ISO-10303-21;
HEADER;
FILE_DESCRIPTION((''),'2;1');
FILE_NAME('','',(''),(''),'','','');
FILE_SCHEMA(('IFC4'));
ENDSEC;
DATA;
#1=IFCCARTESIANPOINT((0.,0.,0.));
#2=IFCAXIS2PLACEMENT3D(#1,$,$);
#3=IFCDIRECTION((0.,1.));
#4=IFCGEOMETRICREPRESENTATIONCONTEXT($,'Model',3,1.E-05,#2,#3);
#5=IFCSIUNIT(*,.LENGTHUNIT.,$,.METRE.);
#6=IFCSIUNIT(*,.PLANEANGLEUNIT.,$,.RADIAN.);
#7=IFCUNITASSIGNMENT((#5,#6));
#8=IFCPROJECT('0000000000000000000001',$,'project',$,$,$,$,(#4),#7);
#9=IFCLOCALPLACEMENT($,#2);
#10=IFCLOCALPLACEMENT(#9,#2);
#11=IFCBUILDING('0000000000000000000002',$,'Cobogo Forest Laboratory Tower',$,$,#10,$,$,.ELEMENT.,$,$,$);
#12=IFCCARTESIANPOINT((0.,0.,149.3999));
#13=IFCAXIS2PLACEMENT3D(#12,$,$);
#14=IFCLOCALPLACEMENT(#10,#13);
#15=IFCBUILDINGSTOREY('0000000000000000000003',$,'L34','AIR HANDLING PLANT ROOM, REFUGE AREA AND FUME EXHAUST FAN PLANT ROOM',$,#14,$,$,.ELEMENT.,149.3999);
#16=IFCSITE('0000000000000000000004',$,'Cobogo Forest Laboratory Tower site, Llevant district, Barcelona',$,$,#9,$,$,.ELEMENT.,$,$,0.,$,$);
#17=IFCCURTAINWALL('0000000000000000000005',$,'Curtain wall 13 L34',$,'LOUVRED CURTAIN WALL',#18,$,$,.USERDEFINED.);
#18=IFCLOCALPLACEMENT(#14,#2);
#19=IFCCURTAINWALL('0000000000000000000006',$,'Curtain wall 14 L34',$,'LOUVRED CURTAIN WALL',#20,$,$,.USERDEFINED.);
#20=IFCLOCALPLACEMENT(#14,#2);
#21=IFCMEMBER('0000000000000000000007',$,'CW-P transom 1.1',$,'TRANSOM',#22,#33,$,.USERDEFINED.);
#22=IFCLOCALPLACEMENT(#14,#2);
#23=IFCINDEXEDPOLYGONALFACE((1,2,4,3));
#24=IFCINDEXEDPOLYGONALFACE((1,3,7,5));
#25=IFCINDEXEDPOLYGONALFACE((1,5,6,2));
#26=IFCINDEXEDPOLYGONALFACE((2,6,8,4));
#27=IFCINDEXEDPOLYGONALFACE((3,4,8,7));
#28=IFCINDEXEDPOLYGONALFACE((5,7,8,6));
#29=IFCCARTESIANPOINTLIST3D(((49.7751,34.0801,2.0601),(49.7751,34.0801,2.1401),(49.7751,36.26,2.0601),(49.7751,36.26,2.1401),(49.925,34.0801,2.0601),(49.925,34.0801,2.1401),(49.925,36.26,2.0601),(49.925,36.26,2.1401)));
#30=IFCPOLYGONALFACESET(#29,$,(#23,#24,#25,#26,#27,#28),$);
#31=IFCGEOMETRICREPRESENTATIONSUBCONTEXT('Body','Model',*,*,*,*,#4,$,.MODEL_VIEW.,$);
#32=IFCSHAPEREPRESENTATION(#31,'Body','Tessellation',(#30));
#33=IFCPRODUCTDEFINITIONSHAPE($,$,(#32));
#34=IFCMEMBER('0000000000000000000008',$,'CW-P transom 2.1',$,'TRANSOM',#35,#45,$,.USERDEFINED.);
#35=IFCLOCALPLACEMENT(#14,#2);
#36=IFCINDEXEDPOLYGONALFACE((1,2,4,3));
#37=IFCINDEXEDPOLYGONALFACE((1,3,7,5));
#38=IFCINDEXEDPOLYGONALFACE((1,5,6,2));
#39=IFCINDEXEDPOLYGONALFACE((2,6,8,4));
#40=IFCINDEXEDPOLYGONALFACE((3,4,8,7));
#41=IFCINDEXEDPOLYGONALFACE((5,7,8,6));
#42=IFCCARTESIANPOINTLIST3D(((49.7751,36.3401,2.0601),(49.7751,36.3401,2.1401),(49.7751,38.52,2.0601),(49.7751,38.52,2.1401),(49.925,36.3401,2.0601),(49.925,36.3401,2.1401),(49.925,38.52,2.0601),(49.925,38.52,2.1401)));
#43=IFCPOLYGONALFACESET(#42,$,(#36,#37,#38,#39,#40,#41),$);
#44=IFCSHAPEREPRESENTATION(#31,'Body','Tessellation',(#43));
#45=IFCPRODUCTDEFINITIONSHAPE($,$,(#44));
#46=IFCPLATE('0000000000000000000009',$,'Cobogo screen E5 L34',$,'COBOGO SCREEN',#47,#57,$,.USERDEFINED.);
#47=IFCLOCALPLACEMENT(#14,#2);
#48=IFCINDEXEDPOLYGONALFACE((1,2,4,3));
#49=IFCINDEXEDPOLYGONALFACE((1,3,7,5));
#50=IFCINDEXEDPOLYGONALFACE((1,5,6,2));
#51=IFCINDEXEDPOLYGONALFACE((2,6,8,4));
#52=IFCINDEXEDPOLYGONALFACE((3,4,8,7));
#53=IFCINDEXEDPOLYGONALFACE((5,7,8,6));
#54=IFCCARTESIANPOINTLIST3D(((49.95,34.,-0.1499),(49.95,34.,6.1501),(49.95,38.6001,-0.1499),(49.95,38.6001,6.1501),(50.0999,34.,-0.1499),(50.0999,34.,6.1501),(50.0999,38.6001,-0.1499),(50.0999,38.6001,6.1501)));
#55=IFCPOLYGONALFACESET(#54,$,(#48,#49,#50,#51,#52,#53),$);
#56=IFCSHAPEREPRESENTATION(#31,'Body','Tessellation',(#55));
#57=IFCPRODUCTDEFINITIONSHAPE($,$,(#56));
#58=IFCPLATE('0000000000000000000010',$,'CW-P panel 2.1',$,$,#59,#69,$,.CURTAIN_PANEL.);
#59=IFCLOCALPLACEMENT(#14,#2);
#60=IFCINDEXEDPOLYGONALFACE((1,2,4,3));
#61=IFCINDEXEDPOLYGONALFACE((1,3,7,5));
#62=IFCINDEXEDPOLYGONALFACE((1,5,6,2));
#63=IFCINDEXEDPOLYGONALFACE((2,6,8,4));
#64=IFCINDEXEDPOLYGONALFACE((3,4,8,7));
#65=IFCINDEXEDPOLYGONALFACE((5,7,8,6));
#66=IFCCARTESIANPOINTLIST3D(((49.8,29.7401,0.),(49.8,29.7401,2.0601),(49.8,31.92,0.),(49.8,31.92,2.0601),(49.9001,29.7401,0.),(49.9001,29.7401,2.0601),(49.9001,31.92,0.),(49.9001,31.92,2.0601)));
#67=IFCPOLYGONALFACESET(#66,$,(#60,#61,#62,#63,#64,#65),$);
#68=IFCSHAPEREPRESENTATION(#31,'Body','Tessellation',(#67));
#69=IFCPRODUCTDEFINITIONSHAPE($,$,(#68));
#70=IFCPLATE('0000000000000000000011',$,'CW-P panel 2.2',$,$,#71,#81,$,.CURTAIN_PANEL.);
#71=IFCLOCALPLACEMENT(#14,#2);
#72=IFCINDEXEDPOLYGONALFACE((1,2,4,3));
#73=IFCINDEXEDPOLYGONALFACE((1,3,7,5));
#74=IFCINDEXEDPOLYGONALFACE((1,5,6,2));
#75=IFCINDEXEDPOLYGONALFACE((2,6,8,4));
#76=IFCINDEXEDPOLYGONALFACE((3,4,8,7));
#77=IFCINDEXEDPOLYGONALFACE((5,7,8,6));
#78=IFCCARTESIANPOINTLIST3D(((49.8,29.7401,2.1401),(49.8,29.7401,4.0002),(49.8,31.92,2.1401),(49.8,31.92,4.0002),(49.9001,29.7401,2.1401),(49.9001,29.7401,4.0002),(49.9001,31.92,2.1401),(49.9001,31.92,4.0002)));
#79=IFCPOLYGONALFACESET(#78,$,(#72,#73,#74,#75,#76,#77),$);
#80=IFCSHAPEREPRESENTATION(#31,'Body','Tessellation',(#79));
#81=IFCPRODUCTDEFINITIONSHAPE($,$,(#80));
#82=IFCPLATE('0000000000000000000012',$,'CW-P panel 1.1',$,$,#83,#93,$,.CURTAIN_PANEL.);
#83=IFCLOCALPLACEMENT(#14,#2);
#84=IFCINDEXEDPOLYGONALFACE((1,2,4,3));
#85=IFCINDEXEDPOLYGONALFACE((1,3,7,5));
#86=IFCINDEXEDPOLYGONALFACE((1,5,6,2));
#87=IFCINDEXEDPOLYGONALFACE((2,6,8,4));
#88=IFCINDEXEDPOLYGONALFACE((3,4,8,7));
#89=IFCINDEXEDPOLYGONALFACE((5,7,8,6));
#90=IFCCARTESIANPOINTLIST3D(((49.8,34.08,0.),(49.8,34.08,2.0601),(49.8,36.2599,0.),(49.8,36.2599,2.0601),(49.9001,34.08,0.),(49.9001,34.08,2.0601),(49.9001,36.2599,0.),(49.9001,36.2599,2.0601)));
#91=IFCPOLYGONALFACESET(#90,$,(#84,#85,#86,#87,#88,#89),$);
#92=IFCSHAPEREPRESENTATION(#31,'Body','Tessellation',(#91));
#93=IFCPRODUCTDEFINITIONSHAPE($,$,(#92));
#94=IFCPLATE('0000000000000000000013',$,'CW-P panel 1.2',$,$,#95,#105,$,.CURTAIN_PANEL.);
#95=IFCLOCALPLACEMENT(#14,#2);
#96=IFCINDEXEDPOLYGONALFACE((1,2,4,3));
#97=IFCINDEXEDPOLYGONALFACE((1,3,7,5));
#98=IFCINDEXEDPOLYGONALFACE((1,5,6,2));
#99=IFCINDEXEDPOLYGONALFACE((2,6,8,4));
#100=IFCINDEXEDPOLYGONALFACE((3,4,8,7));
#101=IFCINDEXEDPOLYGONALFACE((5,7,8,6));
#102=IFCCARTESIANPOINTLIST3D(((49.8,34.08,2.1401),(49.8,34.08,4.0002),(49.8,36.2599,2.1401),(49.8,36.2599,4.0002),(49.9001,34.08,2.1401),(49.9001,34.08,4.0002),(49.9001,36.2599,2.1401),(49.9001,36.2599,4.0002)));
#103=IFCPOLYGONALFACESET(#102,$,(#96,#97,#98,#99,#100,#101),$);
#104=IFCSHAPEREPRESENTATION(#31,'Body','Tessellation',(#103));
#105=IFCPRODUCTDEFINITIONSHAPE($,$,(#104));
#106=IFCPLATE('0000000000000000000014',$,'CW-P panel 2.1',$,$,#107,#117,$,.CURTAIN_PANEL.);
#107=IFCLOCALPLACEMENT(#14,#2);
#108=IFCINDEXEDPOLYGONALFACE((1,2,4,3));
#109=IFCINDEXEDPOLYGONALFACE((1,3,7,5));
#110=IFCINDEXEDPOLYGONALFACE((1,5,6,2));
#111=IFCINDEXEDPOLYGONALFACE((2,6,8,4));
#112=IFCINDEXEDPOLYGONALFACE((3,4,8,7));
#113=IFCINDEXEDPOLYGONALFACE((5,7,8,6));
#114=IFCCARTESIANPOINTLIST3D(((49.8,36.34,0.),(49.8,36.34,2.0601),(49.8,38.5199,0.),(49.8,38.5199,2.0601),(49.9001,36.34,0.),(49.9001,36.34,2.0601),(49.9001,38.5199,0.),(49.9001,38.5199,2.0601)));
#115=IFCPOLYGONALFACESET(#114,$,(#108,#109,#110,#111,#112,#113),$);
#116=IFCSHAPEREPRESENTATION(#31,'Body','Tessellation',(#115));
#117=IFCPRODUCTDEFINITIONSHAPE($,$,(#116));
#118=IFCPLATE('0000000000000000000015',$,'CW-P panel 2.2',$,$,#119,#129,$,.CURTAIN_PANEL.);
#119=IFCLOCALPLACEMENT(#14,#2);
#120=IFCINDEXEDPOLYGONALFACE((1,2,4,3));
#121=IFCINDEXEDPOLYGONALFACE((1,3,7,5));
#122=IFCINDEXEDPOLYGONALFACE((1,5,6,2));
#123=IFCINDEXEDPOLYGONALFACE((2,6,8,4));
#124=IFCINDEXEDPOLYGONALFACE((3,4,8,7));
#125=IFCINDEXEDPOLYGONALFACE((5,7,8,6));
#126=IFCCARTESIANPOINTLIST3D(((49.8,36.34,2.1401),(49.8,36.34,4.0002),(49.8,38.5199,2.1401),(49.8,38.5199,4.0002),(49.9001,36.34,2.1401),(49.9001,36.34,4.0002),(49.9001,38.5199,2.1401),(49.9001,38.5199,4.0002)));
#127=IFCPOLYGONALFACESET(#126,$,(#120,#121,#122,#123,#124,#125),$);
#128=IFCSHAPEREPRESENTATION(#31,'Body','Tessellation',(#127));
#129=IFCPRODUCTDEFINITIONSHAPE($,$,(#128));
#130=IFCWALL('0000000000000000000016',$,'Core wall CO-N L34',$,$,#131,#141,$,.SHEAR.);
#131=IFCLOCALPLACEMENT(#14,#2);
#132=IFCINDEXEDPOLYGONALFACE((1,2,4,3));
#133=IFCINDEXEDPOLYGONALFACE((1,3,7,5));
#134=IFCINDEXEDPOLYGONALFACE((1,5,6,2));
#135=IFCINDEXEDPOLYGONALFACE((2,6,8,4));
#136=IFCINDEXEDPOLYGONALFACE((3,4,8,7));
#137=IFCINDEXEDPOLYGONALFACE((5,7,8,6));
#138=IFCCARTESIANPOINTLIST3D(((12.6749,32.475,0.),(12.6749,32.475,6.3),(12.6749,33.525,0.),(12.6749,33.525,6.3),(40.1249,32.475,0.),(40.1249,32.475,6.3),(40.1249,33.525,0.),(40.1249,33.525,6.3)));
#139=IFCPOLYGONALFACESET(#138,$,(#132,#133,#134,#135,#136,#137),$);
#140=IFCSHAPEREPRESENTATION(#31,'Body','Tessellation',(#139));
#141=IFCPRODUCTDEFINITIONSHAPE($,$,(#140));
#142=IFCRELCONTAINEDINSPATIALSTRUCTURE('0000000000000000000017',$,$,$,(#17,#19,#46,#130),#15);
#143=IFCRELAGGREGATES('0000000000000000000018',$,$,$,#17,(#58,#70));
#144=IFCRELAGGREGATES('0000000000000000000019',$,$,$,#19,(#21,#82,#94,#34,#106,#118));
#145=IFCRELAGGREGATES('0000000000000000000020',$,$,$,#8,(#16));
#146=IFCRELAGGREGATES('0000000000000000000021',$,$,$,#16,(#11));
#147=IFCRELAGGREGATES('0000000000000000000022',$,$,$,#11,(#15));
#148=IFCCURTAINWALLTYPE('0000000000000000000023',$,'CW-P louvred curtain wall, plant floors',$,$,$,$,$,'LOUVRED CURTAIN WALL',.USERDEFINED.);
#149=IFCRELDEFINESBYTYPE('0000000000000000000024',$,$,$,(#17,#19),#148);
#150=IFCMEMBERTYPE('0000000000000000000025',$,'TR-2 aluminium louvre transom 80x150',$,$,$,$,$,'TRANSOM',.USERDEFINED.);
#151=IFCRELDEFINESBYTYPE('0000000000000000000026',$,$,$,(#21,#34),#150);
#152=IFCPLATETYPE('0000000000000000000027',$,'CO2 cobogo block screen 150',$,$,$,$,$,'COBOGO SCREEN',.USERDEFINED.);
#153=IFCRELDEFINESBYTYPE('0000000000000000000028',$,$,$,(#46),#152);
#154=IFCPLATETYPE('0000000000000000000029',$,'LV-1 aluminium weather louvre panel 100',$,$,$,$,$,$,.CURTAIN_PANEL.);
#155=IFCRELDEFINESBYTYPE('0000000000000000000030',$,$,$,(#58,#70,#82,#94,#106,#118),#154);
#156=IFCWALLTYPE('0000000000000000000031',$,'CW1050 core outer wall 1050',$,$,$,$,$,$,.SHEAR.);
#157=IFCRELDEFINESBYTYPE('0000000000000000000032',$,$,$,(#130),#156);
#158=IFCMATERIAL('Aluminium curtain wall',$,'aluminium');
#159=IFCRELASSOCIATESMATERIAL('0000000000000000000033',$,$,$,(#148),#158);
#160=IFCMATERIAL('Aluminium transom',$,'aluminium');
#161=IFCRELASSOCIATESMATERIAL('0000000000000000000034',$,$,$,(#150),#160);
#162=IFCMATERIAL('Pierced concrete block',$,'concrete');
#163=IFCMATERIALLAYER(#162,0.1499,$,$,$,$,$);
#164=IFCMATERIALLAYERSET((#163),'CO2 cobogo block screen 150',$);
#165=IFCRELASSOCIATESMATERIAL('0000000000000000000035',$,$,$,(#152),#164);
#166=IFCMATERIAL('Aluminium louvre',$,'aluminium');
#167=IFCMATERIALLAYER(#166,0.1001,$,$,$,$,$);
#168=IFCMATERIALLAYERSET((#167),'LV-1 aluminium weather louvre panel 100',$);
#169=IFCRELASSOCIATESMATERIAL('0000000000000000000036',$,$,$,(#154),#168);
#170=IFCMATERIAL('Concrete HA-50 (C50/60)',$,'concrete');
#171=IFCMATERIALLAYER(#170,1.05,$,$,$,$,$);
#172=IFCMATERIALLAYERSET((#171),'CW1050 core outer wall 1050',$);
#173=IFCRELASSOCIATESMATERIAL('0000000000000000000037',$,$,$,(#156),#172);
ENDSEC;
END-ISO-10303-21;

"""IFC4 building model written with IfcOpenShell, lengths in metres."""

from ifc_helpers import new_model, si_unit, direction, frame, frame_2d, origin, origin_2d, place, context, subcontext, project, spatial, rectangle, extrude, material, layer, layer_set, material_profile, profile_set, type_object, element, aggregate, save


model = new_model("IFC4")

# Units and contexts
model_context = context("Model", 3, precision=1e-05, world=origin(), true_north=direction((0.0, 1.0)))
body_context = subcontext(model_context, "Body", "Model", "MODEL_VIEW")
ifc_project = project(units=[si_unit("LENGTHUNIT", "METRE"), si_unit("PLANEANGLEUNIT", "RADIAN")], contexts=[model_context])

# Site, building, storey
site_placement = place(None, origin())
site = spatial("IfcSite", under=ifc_project, at=site_placement, Name="Cobogo Forest Laboratory Tower site, Llevant district, Barcelona", CompositionType="ELEMENT", RefElevation=0.0)
building_placement = place(site_placement, origin())
building = spatial("IfcBuilding", under=site, at=building_placement, Name="Cobogo Forest Laboratory Tower", CompositionType="ELEMENT")
storey_placement = place(building_placement, frame((0.0, 0.0, 149.3999)))
storey = spatial("IfcBuildingStorey", under=building, at=storey_placement, Name="L34", Description="AIR HANDLING PLANT ROOM, REFUGE AREA AND FUME EXHAUST FAN PLANT ROOM", CompositionType="ELEMENT", Elevation=149.3999)

# Shared definitions
ifc_material_1 = material(Name="Concrete HA-50 (C50/60)", Category="concrete")

# Curtain wall
ifc_material_2 = material(Name="Aluminium curtain wall", Category="aluminium")
curtain_wall_type = type_object("IfcCurtainWallType", Name="CW-P louvred curtain wall, plant floors", ElementType="LOUVRED CURTAIN WALL", PredefinedType="USERDEFINED", material=ifc_material_2)
curtain_wall_1_placement = place(storey_placement, origin())
curtain_wall_1 = element("IfcCurtainWall", 1, at=curtain_wall_1_placement, inside=storey, type_object=curtain_wall_type, Name="Curtain wall 13 L34", ObjectType="LOUVRED CURTAIN WALL", PredefinedType="USERDEFINED")

# Curtain wall
curtain_wall_2_placement = place(storey_placement, origin())
curtain_wall_2 = element("IfcCurtainWall", 2, at=curtain_wall_2_placement, inside=storey, type_object=curtain_wall_type, Name="Curtain wall 14 L34", ObjectType="LOUVRED CURTAIN WALL", PredefinedType="USERDEFINED")

# Members
ifc_material_3 = material(Name="Aluminium transom", Category="aluminium")
ifc_material_profile_1 = material_profile(ifc_material_3, rectangle(XDim=0.1499, YDim=0.0801, at=origin_2d()), Name="AL 80x150")
ifc_profile_set_1 = profile_set([ifc_material_profile_1], Name="Aluminium transom")
member_type_1 = type_object("IfcMemberType", Name="TR-2 aluminium louvre transom 80x150", ElementType="TRANSOM", PredefinedType="USERDEFINED", material=ifc_profile_set_1)
member_1_placement = place(storey_placement, frame((49.8501, 34.0801, 2.1001), z_axis=(0.0, 1.0, 0.0), x_axis=(-1.0, 0.0, 0.0)))
member_1 = element("IfcMember", 3, at=member_1_placement, type_object=member_type_1, Name="CW-P transom 1.1", ObjectType="TRANSOM", PredefinedType="USERDEFINED", context=body_context, shape_type="SweptSolid", body=[
    extrude(rectangle(XDim=0.1499, YDim=0.0801, at=origin_2d()), origin(), (0.0, 0.0, 1.0), 2.1799),
])
member_2_placement = place(storey_placement, frame((49.8501, 36.3401, 2.1001), z_axis=(0.0, 1.0, 0.0), x_axis=(-1.0, 0.0, 0.0)))
member_2 = element("IfcMember", 4, at=member_2_placement, type_object=member_type_1, Name="CW-P transom 2.1", ObjectType="TRANSOM", PredefinedType="USERDEFINED", context=body_context, shape_type="SweptSolid", body=[
    extrude(rectangle(XDim=0.1499, YDim=0.0801, at=origin_2d()), origin(), (0.0, 0.0, 1.0), 2.1799),
])

# Plates
ifc_material_4 = material(Name="Pierced concrete block", Category="concrete")
ifc_layer_1 = layer(ifc_material_4, 0.1499)
ifc_layer_set_1 = layer_set([ifc_layer_1], Name="CO2 cobogo block screen 150")
plate_type_1 = type_object("IfcPlateType", Name="CO2 cobogo block screen 150", ElementType="COBOGO SCREEN", PredefinedType="USERDEFINED", material=ifc_layer_set_1)
plate_1_placement = place(storey_placement, frame((50.0249, 36.3, -0.1499), z_axis=(0.0, 0.0, 1.0), x_axis=(0.0, 1.0, 0.0)))
element("IfcPlate", 5, at=plate_1_placement, inside=storey, type_object=plate_type_1, Name="Cobogo screen E5 L34", ObjectType="COBOGO SCREEN", PredefinedType="USERDEFINED", context=body_context, shape_type="SweptSolid", body=[
    extrude(rectangle(XDim=4.6001, YDim=0.1499, at=origin_2d()), origin(), (0.0, 0.0, 1.0), 6.3),
])
ifc_material_5 = material(Name="Aluminium louvre", Category="aluminium")
ifc_layer_2 = layer(ifc_material_5, 0.1001)
ifc_layer_set_2 = layer_set([ifc_layer_2], Name="LV-1 aluminium weather louvre panel 100")
plate_type_2 = type_object("IfcPlateType", Name="LV-1 aluminium weather louvre panel 100", PredefinedType="CURTAIN_PANEL", material=ifc_layer_set_2)
plate_2_placement = place(storey_placement, frame((49.8501, 30.8301, 0.0), z_axis=(0.0, 0.0, 1.0), x_axis=(0.0, 1.0, 0.0)))
plate_2 = element("IfcPlate", 6, at=plate_2_placement, type_object=plate_type_2, Name="CW-P panel 2.1", PredefinedType="CURTAIN_PANEL", context=body_context, shape_type="SweptSolid", body=[
    extrude(rectangle(XDim=2.1799, YDim=0.1001, at=origin_2d()), origin(), (0.0, 0.0, 1.0), 2.0601),
])
plate_3_placement = place(storey_placement, frame((49.8501, 30.8301, 2.1401), z_axis=(0.0, 0.0, 1.0), x_axis=(0.0, 1.0, 0.0)))
plate_3 = element("IfcPlate", 7, at=plate_3_placement, type_object=plate_type_2, Name="CW-P panel 2.2", PredefinedType="CURTAIN_PANEL", context=body_context, shape_type="SweptSolid", body=[
    extrude(rectangle(XDim=2.1799, YDim=0.1001, at=origin_2d()), origin(), (0.0, 0.0, 1.0), 1.8601),
])
aggregate(curtain_wall_1, [plate_2, plate_3])
plate_4_placement = place(storey_placement, frame((49.8501, 35.1699, 0.0), z_axis=(0.0, 0.0, 1.0), x_axis=(0.0, 1.0, 0.0)))
plate_4 = element("IfcPlate", 8, at=plate_4_placement, type_object=plate_type_2, Name="CW-P panel 1.1", PredefinedType="CURTAIN_PANEL", context=body_context, shape_type="SweptSolid", body=[
    extrude(rectangle(XDim=2.1799, YDim=0.1001, at=origin_2d()), origin(), (0.0, 0.0, 1.0), 2.0601),
])
plate_5_placement = place(storey_placement, frame((49.8501, 35.1699, 2.1401), z_axis=(0.0, 0.0, 1.0), x_axis=(0.0, 1.0, 0.0)))
plate_5 = element("IfcPlate", 9, at=plate_5_placement, type_object=plate_type_2, Name="CW-P panel 1.2", PredefinedType="CURTAIN_PANEL", context=body_context, shape_type="SweptSolid", body=[
    extrude(rectangle(XDim=2.1799, YDim=0.1001, at=origin_2d()), origin(), (0.0, 0.0, 1.0), 1.8601),
])
plate_6_placement = place(storey_placement, frame((49.8501, 37.4299, 0.0), z_axis=(0.0, 0.0, 1.0), x_axis=(0.0, 1.0, 0.0)))
plate_6 = element("IfcPlate", 10, at=plate_6_placement, type_object=plate_type_2, Name="CW-P panel 2.1", PredefinedType="CURTAIN_PANEL", context=body_context, shape_type="SweptSolid", body=[
    extrude(rectangle(XDim=2.1799, YDim=0.1001, at=origin_2d()), origin(), (0.0, 0.0, 1.0), 2.0601),
])
plate_7_placement = place(storey_placement, frame((49.8501, 37.4299, 2.1401), z_axis=(0.0, 0.0, 1.0), x_axis=(0.0, 1.0, 0.0)))
plate_7 = element("IfcPlate", 11, at=plate_7_placement, type_object=plate_type_2, Name="CW-P panel 2.2", PredefinedType="CURTAIN_PANEL", context=body_context, shape_type="SweptSolid", body=[
    extrude(rectangle(XDim=2.1799, YDim=0.1001, at=origin_2d()), origin(), (0.0, 0.0, 1.0), 1.8601),
])
aggregate(curtain_wall_2, [member_1, plate_4, plate_5, member_2, plate_6, plate_7])

# Wall
ifc_layer_3 = layer(ifc_material_1, 1.05)
ifc_layer_set_3 = layer_set([ifc_layer_3], Name="CW1050 core outer wall 1050")
wall_type_1 = type_object("IfcWallType", Name="CW1050 core outer wall 1050", PredefinedType="SHEAR", material=ifc_layer_set_3)
wall_1_placement = place(storey_placement, frame((40.125, 33.0, 0.0), z_axis=(0.0, 0.0, 1.0), x_axis=(-1.0, 0.0, 0.0)))
element("IfcWall", 12, at=wall_1_placement, inside=storey, type_object=wall_type_1, Name="Core wall CO-N L34", PredefinedType="SHEAR", context=body_context, shape_type="SweptSolid", body=[
    extrude(rectangle(XDim=27.45, YDim=1.05, at=frame_2d((13.7251, 0.0))), origin(), (0.0, 0.0, 1.0), 6.3),
])

save(model, "model.ifc")
